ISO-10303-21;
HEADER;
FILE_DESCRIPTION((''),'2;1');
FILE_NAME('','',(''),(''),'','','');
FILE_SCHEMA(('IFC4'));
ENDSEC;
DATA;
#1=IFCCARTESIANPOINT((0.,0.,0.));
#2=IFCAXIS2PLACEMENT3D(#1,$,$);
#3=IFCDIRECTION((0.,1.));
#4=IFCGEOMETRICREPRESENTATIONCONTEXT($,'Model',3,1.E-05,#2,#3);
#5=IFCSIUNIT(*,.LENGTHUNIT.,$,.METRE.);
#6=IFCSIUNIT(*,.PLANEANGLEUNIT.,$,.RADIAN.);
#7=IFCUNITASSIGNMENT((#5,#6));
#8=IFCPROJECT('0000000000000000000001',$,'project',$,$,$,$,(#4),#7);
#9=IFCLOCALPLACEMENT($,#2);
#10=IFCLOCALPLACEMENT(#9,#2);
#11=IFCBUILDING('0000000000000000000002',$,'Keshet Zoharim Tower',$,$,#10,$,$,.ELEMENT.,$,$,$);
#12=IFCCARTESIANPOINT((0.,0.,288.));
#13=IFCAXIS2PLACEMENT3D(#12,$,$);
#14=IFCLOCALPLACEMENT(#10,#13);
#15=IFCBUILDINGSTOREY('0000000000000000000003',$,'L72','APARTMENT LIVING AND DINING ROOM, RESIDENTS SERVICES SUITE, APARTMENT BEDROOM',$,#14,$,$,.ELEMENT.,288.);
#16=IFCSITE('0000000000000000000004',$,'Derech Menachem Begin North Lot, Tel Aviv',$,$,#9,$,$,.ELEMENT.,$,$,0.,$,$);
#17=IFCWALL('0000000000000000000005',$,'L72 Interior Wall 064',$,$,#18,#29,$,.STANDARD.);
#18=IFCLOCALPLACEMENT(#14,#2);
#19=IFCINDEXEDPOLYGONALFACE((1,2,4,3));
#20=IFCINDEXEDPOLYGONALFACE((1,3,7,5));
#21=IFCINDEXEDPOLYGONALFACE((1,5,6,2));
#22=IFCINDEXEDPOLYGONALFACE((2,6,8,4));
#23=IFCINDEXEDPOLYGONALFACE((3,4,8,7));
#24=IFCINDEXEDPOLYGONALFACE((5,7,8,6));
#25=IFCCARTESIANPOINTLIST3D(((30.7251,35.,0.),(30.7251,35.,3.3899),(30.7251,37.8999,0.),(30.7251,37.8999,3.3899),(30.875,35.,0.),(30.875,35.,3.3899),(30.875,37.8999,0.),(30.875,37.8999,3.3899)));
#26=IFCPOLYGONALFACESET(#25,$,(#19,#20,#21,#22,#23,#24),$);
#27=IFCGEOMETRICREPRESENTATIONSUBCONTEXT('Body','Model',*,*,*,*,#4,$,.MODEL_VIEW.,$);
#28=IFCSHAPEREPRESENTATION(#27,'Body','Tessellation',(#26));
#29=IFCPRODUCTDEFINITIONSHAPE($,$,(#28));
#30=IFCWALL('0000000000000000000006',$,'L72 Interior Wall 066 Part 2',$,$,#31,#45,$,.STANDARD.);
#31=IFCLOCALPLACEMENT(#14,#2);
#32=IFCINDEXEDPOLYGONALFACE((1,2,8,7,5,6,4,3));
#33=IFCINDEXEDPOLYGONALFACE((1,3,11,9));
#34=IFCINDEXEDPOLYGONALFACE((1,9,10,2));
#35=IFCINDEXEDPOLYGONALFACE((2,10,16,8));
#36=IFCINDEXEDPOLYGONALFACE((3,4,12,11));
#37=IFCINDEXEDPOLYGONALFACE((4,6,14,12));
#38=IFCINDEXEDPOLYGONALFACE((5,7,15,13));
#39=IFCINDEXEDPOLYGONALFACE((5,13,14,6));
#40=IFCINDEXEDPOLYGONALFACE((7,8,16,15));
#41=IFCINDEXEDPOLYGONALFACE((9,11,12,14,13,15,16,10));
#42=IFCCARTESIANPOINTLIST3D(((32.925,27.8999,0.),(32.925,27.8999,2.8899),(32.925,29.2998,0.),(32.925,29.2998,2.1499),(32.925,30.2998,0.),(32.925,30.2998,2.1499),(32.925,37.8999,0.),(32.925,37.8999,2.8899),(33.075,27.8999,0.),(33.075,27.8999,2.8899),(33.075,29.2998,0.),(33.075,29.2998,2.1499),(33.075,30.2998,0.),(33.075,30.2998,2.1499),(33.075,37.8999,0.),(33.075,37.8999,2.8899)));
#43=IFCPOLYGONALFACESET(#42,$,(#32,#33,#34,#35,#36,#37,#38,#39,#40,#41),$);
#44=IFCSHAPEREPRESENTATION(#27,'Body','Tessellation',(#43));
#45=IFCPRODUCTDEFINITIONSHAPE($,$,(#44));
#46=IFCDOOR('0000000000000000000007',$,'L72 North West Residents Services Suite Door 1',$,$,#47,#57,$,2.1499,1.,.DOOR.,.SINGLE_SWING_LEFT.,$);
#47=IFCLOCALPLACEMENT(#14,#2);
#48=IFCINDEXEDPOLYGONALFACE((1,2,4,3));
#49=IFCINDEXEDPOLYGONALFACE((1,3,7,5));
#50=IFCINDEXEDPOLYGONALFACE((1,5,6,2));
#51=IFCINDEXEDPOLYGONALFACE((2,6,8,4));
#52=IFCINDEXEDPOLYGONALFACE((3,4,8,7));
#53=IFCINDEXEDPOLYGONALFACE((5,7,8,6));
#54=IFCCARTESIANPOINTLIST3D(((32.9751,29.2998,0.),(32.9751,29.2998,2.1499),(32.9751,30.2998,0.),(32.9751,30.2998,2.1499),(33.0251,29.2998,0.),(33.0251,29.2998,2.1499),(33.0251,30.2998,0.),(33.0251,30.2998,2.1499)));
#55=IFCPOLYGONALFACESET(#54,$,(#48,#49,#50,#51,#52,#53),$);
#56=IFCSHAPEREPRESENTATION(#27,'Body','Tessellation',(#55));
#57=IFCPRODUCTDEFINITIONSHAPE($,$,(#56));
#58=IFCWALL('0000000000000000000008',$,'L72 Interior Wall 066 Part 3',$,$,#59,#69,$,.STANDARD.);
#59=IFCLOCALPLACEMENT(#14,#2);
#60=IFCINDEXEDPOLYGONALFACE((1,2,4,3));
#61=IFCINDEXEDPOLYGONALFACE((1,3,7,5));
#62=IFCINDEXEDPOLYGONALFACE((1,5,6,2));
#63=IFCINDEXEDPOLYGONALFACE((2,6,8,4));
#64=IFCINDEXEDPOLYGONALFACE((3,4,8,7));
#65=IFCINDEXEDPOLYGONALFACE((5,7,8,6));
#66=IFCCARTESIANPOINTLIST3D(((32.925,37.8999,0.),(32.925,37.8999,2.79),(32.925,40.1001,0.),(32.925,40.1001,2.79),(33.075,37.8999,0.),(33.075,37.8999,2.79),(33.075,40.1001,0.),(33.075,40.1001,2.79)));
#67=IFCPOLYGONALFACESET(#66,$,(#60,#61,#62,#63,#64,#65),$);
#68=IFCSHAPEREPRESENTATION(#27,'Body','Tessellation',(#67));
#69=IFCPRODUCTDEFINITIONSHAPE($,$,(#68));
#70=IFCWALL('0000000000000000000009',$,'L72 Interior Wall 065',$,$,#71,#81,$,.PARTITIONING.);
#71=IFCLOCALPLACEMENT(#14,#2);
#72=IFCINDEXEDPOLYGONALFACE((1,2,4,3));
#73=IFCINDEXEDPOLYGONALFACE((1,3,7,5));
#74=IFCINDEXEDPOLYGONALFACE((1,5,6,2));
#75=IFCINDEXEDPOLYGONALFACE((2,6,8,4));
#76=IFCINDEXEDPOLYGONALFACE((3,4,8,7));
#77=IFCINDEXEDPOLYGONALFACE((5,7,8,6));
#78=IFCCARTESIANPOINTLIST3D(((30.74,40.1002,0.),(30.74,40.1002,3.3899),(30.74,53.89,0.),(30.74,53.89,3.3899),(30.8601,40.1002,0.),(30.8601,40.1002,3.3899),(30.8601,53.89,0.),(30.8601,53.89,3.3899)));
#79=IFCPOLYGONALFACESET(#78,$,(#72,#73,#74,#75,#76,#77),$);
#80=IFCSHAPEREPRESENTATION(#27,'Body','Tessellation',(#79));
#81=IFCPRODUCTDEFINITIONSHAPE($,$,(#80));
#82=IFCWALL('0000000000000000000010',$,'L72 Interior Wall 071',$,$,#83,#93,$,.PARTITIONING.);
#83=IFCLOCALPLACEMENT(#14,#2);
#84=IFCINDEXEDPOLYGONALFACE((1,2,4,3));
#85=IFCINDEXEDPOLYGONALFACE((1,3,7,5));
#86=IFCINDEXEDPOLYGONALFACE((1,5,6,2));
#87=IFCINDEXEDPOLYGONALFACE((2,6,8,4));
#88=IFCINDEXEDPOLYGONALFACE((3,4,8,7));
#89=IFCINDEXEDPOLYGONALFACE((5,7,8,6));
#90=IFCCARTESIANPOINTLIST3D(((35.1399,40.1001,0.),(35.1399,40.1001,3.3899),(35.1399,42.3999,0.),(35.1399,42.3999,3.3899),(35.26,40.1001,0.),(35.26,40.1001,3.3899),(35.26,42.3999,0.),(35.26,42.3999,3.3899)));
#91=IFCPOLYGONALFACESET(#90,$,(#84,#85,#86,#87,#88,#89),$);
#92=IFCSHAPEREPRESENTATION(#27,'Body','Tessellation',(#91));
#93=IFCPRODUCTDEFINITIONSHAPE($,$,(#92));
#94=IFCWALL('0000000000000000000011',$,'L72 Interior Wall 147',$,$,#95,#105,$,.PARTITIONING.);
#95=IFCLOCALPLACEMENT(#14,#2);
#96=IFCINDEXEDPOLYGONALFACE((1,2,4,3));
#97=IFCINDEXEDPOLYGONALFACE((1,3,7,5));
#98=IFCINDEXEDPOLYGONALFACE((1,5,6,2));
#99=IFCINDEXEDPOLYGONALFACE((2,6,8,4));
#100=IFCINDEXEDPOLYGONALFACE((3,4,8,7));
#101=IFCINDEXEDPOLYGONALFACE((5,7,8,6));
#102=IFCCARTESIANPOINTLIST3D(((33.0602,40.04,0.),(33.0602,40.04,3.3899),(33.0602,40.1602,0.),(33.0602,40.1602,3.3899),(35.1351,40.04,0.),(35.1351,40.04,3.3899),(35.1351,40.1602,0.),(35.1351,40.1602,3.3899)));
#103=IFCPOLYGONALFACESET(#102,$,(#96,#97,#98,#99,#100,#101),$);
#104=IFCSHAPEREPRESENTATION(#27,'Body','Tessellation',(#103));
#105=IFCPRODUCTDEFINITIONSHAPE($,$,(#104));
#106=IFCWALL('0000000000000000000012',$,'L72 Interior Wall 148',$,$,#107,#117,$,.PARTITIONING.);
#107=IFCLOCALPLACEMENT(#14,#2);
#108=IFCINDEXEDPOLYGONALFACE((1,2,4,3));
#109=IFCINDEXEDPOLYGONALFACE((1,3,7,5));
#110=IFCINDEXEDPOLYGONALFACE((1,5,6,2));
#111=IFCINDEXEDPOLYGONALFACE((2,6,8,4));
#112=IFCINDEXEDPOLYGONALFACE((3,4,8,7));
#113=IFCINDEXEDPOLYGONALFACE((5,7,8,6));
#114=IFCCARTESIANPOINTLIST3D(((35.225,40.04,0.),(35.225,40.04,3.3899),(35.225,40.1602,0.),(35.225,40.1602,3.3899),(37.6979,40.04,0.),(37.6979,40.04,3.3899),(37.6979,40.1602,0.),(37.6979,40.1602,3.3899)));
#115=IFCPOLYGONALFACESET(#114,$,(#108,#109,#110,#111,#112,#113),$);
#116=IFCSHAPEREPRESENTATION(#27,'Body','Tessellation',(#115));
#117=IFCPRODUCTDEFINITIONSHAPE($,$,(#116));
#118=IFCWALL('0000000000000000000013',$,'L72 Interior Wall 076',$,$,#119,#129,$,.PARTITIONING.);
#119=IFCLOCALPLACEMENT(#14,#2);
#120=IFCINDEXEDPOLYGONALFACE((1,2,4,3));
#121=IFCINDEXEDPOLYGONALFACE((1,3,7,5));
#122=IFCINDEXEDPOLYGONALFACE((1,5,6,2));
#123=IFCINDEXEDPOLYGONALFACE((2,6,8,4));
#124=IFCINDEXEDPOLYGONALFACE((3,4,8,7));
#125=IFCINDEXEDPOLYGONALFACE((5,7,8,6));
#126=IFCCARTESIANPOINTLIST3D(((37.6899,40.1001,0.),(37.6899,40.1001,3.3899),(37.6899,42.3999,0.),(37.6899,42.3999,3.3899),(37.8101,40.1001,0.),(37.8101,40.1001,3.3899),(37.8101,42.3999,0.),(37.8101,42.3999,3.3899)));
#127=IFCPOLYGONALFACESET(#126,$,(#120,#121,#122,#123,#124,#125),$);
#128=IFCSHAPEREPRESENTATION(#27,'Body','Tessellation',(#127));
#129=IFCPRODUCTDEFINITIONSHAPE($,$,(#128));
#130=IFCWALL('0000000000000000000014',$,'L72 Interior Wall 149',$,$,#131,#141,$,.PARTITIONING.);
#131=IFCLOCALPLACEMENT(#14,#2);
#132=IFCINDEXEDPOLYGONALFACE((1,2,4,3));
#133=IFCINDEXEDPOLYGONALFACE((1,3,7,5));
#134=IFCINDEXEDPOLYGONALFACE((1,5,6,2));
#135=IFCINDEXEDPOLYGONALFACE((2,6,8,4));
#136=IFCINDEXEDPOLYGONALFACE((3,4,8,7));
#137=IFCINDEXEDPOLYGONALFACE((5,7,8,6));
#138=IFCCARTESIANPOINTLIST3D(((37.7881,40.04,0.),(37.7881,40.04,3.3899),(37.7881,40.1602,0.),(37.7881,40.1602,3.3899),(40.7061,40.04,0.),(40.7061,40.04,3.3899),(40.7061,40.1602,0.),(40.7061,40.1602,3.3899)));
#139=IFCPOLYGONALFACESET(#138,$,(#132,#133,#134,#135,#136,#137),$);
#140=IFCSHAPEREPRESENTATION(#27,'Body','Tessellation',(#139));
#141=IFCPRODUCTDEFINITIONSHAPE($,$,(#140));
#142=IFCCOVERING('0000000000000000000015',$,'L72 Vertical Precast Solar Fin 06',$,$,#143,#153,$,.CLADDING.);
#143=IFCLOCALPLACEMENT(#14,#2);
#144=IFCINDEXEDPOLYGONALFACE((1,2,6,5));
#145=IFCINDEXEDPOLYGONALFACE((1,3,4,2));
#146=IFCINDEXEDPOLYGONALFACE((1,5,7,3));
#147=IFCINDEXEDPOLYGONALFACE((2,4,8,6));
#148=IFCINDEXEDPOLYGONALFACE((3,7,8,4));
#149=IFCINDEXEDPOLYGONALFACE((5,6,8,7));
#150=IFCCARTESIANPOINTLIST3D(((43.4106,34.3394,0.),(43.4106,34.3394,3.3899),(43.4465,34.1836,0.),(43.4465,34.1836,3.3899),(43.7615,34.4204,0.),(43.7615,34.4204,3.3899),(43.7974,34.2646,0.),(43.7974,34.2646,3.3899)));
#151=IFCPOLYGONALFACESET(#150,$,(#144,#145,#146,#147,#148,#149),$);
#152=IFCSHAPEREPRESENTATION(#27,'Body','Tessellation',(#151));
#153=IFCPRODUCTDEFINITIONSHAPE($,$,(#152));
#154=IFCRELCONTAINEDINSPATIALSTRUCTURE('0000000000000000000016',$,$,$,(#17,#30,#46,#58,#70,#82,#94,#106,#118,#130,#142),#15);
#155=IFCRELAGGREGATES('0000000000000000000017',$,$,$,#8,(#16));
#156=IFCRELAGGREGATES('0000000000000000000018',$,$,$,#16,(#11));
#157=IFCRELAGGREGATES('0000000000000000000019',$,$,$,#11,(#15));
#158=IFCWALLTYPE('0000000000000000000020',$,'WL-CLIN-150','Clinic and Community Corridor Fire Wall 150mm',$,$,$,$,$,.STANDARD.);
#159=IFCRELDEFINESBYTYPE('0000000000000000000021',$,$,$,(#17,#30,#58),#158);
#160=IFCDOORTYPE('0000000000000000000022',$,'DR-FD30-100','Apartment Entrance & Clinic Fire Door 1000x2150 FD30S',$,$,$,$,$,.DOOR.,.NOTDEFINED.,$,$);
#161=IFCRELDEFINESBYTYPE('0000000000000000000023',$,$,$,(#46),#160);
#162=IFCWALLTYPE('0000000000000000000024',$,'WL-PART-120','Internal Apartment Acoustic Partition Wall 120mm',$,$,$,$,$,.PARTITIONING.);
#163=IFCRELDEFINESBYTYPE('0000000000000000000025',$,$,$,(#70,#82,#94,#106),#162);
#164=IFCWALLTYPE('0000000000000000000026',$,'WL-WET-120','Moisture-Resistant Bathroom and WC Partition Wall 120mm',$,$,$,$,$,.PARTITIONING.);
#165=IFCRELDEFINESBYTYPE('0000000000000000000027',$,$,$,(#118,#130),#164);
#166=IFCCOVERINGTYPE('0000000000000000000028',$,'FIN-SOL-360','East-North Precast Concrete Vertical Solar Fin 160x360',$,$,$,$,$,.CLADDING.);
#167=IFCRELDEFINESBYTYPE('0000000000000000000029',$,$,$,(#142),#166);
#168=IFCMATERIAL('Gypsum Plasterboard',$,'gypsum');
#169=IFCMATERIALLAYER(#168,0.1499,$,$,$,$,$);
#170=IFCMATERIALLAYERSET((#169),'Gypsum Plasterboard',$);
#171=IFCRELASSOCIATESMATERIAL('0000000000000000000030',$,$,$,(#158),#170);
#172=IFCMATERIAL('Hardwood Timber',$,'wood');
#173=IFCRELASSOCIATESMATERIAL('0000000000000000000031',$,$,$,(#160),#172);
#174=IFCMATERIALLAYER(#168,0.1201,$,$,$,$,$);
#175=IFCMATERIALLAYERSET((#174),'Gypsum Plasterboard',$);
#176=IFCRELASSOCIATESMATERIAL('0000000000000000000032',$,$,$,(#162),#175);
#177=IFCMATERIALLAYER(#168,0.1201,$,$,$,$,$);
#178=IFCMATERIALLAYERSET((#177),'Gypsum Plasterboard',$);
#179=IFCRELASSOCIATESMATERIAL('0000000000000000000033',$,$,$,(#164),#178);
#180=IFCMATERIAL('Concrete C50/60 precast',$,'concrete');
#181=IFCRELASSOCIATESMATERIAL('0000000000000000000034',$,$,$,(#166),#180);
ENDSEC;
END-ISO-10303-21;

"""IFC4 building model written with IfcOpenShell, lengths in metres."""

from ifc_helpers import new_model, si_unit, direction, frame, frame_2d, origin, origin_2d, place, context, subcontext, project, spatial, rectangle, extrude, material, layer, layer_set, type_object, element, fill, save


model = new_model("IFC4")

# Units and contexts
model_context = context("Model", 3, precision=1e-05, world=origin(), true_north=direction((0.0, 1.0)))
body_context = subcontext(model_context, "Body", "Model", "MODEL_VIEW")
ifc_project = project(units=[si_unit("LENGTHUNIT", "METRE"), si_unit("PLANEANGLEUNIT", "RADIAN")], contexts=[model_context])

# Site, building, storey
site_placement = place(None, origin())
site = spatial("IfcSite", under=ifc_project, at=site_placement, Name="Derech Menachem Begin North Lot, Tel Aviv", CompositionType="ELEMENT", RefElevation=0.0)
building_placement = place(site_placement, origin())
building = spatial("IfcBuilding", under=site, at=building_placement, Name="Keshet Zoharim Tower", CompositionType="ELEMENT")
storey_placement = place(building_placement, frame((0.0, 0.0, 288.0)))
storey = spatial("IfcBuildingStorey", under=building, at=storey_placement, Name="L72", Description="APARTMENT LIVING AND DINING ROOM, RESIDENTS SERVICES SUITE, APARTMENT BEDROOM", CompositionType="ELEMENT", Elevation=288.0)

# Wall
ifc_material_1 = material(Name="Gypsum Plasterboard", Category="gypsum")
ifc_layer_1 = layer(ifc_material_1, 0.1499)
ifc_layer_set_1 = layer_set([ifc_layer_1], Name="Gypsum Plasterboard")
wall_type_1 = type_object("IfcWallType", Name="WL-CLIN-150", Description="Clinic and Community Corridor Fire Wall 150mm", PredefinedType="STANDARD", material=ifc_layer_set_1)
wall_1_placement = place(storey_placement, frame((30.8, 35.0, 0.0), z_axis=(0.0, 0.0, 1.0), x_axis=(0.0, 1.0, 0.0)))
element("IfcWall", 1, at=wall_1_placement, inside=storey, type_object=wall_type_1, Name="L72 Interior Wall 064", PredefinedType="STANDARD", context=body_context, shape_type="SweptSolid", body=[
    extrude(rectangle(XDim=2.8999, YDim=0.1499, at=frame_2d((1.45, 0.0))), origin(), (0.0, 0.0, 1.0), 3.3899),
])

# Wall, opening, door
wall_2_placement = place(storey_placement, frame((33.0, 27.8999, 0.0), z_axis=(0.0, 0.0, 1.0), x_axis=(0.0, 1.0, 0.0)))
wall_2 = element("IfcWall", 2, at=wall_2_placement, inside=storey, type_object=wall_type_1, Name="L72 Interior Wall 066 Part 2", PredefinedType="STANDARD", context=body_context, shape_type="SweptSolid", body=[
    extrude(rectangle(XDim=10.0, YDim=0.1499, at=frame_2d((5.0, 0.0))), origin(), (0.0, 0.0, 1.0), 2.8899),
])
opening_placement = place(wall_2_placement, frame((1.3999, 0.0, 0.0)))
opening = element("IfcOpeningElement", 3, at=opening_placement, cuts=wall_2, PredefinedType="OPENING", context=body_context, shape_type="SweptSolid", body=[
    extrude(rectangle(XDim=1.0, YDim=2.1499, at=frame_2d((0.5, 1.075))), frame((0.0, 0.085, 0.0), z_axis=(0.0, -1.0, 0.0), x_axis=(1.0, 0.0, 0.0)), (0.0, 0.0, 1.0), 0.1699),
])
ifc_material_2 = material(Name="Hardwood Timber", Category="wood")
door_type = type_object("IfcDoorType", Name="DR-FD30-100", Description="Apartment Entrance & Clinic Fire Door 1000x2150 FD30S", OperationType="NOTDEFINED", PredefinedType="DOOR", material=ifc_material_2)
door_placement = place(opening_placement, origin())
door = element("IfcDoor", 4, at=door_placement, inside=storey, type_object=door_type, Name="L72 North West Residents Services Suite Door 1", OperationType="SINGLE_SWING_LEFT", OverallHeight=2.1499, OverallWidth=1.0, PredefinedType="DOOR", context=body_context, shape_type="SweptSolid", body=[
    extrude(rectangle(XDim=1.0, YDim=2.1499, at=frame_2d((0.5, 1.075))), frame((0.0, 0.0249, 0.0), z_axis=(0.0, -1.0, 0.0), x_axis=(1.0, 0.0, 0.0)), (0.0, 0.0, 1.0), 0.05),
])
fill(opening, door)

# Walls
wall_3_placement = place(storey_placement, frame((33.0, 37.8999, 0.0), z_axis=(0.0, 0.0, 1.0), x_axis=(0.0, 1.0, 0.0)))
element("IfcWall", 5, at=wall_3_placement, inside=storey, type_object=wall_type_1, Name="L72 Interior Wall 066 Part 3", PredefinedType="STANDARD", context=body_context, shape_type="SweptSolid", body=[
    extrude(rectangle(XDim=2.2002, YDim=0.1499, at=frame_2d((1.1001, 0.0))), origin(), (0.0, 0.0, 1.0), 2.79),
])
ifc_layer_2 = layer(ifc_material_1, 0.1201)
ifc_layer_set_2 = layer_set([ifc_layer_2], Name="Gypsum Plasterboard")
wall_type_2 = type_object("IfcWallType", Name="WL-PART-120", Description="Internal Apartment Acoustic Partition Wall 120mm", PredefinedType="PARTITIONING", material=ifc_layer_set_2)
wall_4_placement = place(storey_placement, frame((30.8, 40.1001, 0.0), z_axis=(0.0, 0.0, 1.0), x_axis=(0.0, 1.0, 0.0)))
element("IfcWall", 6, at=wall_4_placement, inside=storey, type_object=wall_type_2, Name="L72 Interior Wall 065", PredefinedType="PARTITIONING", context=body_context, shape_type="SweptSolid", body=[
    extrude(rectangle(XDim=13.7898, YDim=0.1201, at=frame_2d((6.895, 0.0))), origin(), (0.0, 0.0, 1.0), 3.3899),
])
wall_5_placement = place(storey_placement, frame((35.2, 40.1001, 0.0), z_axis=(0.0, 0.0, 1.0), x_axis=(0.0, 1.0, 0.0)))
element("IfcWall", 7, at=wall_5_placement, inside=storey, type_object=wall_type_2, Name="L72 Interior Wall 071", PredefinedType="PARTITIONING", context=body_context, shape_type="SweptSolid", body=[
    extrude(rectangle(XDim=2.2998, YDim=0.1201, at=frame_2d((1.1499, 0.0))), origin(), (0.0, 0.0, 1.0), 3.3899),
])
wall_6_placement = place(storey_placement, frame((33.0601, 40.1001, 0.0), z_axis=(0.0, 0.0, 1.0), x_axis=(1.0, 0.0, 0.0)))
element("IfcWall", 8, at=wall_6_placement, inside=storey, type_object=wall_type_2, Name="L72 Interior Wall 147", PredefinedType="PARTITIONING", context=body_context, shape_type="SweptSolid", body=[
    extrude(rectangle(XDim=2.075, YDim=0.1201, at=frame_2d((1.0376, 0.0))), origin(), (0.0, 0.0, 1.0), 3.3899),
])
wall_7_placement = place(storey_placement, frame((35.2251, 40.1001, 0.0), z_axis=(0.0, 0.0, 1.0), x_axis=(1.0, 0.0, 0.0)))
element("IfcWall", 9, at=wall_7_placement, inside=storey, type_object=wall_type_2, Name="L72 Interior Wall 148", PredefinedType="PARTITIONING", context=body_context, shape_type="SweptSolid", body=[
    extrude(rectangle(XDim=2.4729, YDim=0.1201, at=frame_2d((1.2363, 0.0))), origin(), (0.0, 0.0, 1.0), 3.3899),
])
ifc_layer_3 = layer(ifc_material_1, 0.1201)
ifc_layer_set_3 = layer_set([ifc_layer_3], Name="Gypsum Plasterboard")
wall_type_3 = type_object("IfcWallType", Name="WL-WET-120", Description="Moisture-Resistant Bathroom and WC Partition Wall 120mm", PredefinedType="PARTITIONING", material=ifc_layer_set_3)
wall_8_placement = place(storey_placement, frame((37.75, 40.1001, 0.0), z_axis=(0.0, 0.0, 1.0), x_axis=(0.0, 1.0, 0.0)))
element("IfcWall", 10, at=wall_8_placement, inside=storey, type_object=wall_type_3, Name="L72 Interior Wall 076", PredefinedType="PARTITIONING", context=body_context, shape_type="SweptSolid", body=[
    extrude(rectangle(XDim=2.2998, YDim=0.1201, at=frame_2d((1.1499, 0.0))), origin(), (0.0, 0.0, 1.0), 3.3899),
])
wall_9_placement = place(storey_placement, frame((37.7881, 40.1001, 0.0), z_axis=(0.0, 0.0, 1.0), x_axis=(1.0, 0.0, 0.0)))
element("IfcWall", 11, at=wall_9_placement, inside=storey, type_object=wall_type_3, Name="L72 Interior Wall 149", PredefinedType="PARTITIONING", context=body_context, shape_type="SweptSolid", body=[
    extrude(rectangle(XDim=2.918, YDim=0.1201, at=frame_2d((1.459, 0.0))), origin(), (0.0, 0.0, 1.0), 3.3899),
])

# Covering
ifc_material_3 = material(Name="Concrete C50/60 precast", Category="concrete")
covering_type = type_object("IfcCoveringType", Name="FIN-SOL-360", Description="East-North Precast Concrete Vertical Solar Fin 160x360", PredefinedType="CLADDING", material=ifc_material_3)
covering_placement = place(storey_placement, frame((43.604, 34.302, 0.0), z_axis=(0.0, 0.0, 1.0), x_axis=(0.22483, -0.974398, 0.0)))
element("IfcCovering", 12, at=covering_placement, inside=storey, type_object=covering_type, Name="L72 Vertical Precast Solar Fin 06", PredefinedType="CLADDING", context=body_context, shape_type="SweptSolid", body=[
    extrude(rectangle(XDim=0.1599, YDim=0.3601, at=origin_2d()), origin(), (0.0, 0.0, 1.0), 3.3899),
])

save(model, "model.ifc")
